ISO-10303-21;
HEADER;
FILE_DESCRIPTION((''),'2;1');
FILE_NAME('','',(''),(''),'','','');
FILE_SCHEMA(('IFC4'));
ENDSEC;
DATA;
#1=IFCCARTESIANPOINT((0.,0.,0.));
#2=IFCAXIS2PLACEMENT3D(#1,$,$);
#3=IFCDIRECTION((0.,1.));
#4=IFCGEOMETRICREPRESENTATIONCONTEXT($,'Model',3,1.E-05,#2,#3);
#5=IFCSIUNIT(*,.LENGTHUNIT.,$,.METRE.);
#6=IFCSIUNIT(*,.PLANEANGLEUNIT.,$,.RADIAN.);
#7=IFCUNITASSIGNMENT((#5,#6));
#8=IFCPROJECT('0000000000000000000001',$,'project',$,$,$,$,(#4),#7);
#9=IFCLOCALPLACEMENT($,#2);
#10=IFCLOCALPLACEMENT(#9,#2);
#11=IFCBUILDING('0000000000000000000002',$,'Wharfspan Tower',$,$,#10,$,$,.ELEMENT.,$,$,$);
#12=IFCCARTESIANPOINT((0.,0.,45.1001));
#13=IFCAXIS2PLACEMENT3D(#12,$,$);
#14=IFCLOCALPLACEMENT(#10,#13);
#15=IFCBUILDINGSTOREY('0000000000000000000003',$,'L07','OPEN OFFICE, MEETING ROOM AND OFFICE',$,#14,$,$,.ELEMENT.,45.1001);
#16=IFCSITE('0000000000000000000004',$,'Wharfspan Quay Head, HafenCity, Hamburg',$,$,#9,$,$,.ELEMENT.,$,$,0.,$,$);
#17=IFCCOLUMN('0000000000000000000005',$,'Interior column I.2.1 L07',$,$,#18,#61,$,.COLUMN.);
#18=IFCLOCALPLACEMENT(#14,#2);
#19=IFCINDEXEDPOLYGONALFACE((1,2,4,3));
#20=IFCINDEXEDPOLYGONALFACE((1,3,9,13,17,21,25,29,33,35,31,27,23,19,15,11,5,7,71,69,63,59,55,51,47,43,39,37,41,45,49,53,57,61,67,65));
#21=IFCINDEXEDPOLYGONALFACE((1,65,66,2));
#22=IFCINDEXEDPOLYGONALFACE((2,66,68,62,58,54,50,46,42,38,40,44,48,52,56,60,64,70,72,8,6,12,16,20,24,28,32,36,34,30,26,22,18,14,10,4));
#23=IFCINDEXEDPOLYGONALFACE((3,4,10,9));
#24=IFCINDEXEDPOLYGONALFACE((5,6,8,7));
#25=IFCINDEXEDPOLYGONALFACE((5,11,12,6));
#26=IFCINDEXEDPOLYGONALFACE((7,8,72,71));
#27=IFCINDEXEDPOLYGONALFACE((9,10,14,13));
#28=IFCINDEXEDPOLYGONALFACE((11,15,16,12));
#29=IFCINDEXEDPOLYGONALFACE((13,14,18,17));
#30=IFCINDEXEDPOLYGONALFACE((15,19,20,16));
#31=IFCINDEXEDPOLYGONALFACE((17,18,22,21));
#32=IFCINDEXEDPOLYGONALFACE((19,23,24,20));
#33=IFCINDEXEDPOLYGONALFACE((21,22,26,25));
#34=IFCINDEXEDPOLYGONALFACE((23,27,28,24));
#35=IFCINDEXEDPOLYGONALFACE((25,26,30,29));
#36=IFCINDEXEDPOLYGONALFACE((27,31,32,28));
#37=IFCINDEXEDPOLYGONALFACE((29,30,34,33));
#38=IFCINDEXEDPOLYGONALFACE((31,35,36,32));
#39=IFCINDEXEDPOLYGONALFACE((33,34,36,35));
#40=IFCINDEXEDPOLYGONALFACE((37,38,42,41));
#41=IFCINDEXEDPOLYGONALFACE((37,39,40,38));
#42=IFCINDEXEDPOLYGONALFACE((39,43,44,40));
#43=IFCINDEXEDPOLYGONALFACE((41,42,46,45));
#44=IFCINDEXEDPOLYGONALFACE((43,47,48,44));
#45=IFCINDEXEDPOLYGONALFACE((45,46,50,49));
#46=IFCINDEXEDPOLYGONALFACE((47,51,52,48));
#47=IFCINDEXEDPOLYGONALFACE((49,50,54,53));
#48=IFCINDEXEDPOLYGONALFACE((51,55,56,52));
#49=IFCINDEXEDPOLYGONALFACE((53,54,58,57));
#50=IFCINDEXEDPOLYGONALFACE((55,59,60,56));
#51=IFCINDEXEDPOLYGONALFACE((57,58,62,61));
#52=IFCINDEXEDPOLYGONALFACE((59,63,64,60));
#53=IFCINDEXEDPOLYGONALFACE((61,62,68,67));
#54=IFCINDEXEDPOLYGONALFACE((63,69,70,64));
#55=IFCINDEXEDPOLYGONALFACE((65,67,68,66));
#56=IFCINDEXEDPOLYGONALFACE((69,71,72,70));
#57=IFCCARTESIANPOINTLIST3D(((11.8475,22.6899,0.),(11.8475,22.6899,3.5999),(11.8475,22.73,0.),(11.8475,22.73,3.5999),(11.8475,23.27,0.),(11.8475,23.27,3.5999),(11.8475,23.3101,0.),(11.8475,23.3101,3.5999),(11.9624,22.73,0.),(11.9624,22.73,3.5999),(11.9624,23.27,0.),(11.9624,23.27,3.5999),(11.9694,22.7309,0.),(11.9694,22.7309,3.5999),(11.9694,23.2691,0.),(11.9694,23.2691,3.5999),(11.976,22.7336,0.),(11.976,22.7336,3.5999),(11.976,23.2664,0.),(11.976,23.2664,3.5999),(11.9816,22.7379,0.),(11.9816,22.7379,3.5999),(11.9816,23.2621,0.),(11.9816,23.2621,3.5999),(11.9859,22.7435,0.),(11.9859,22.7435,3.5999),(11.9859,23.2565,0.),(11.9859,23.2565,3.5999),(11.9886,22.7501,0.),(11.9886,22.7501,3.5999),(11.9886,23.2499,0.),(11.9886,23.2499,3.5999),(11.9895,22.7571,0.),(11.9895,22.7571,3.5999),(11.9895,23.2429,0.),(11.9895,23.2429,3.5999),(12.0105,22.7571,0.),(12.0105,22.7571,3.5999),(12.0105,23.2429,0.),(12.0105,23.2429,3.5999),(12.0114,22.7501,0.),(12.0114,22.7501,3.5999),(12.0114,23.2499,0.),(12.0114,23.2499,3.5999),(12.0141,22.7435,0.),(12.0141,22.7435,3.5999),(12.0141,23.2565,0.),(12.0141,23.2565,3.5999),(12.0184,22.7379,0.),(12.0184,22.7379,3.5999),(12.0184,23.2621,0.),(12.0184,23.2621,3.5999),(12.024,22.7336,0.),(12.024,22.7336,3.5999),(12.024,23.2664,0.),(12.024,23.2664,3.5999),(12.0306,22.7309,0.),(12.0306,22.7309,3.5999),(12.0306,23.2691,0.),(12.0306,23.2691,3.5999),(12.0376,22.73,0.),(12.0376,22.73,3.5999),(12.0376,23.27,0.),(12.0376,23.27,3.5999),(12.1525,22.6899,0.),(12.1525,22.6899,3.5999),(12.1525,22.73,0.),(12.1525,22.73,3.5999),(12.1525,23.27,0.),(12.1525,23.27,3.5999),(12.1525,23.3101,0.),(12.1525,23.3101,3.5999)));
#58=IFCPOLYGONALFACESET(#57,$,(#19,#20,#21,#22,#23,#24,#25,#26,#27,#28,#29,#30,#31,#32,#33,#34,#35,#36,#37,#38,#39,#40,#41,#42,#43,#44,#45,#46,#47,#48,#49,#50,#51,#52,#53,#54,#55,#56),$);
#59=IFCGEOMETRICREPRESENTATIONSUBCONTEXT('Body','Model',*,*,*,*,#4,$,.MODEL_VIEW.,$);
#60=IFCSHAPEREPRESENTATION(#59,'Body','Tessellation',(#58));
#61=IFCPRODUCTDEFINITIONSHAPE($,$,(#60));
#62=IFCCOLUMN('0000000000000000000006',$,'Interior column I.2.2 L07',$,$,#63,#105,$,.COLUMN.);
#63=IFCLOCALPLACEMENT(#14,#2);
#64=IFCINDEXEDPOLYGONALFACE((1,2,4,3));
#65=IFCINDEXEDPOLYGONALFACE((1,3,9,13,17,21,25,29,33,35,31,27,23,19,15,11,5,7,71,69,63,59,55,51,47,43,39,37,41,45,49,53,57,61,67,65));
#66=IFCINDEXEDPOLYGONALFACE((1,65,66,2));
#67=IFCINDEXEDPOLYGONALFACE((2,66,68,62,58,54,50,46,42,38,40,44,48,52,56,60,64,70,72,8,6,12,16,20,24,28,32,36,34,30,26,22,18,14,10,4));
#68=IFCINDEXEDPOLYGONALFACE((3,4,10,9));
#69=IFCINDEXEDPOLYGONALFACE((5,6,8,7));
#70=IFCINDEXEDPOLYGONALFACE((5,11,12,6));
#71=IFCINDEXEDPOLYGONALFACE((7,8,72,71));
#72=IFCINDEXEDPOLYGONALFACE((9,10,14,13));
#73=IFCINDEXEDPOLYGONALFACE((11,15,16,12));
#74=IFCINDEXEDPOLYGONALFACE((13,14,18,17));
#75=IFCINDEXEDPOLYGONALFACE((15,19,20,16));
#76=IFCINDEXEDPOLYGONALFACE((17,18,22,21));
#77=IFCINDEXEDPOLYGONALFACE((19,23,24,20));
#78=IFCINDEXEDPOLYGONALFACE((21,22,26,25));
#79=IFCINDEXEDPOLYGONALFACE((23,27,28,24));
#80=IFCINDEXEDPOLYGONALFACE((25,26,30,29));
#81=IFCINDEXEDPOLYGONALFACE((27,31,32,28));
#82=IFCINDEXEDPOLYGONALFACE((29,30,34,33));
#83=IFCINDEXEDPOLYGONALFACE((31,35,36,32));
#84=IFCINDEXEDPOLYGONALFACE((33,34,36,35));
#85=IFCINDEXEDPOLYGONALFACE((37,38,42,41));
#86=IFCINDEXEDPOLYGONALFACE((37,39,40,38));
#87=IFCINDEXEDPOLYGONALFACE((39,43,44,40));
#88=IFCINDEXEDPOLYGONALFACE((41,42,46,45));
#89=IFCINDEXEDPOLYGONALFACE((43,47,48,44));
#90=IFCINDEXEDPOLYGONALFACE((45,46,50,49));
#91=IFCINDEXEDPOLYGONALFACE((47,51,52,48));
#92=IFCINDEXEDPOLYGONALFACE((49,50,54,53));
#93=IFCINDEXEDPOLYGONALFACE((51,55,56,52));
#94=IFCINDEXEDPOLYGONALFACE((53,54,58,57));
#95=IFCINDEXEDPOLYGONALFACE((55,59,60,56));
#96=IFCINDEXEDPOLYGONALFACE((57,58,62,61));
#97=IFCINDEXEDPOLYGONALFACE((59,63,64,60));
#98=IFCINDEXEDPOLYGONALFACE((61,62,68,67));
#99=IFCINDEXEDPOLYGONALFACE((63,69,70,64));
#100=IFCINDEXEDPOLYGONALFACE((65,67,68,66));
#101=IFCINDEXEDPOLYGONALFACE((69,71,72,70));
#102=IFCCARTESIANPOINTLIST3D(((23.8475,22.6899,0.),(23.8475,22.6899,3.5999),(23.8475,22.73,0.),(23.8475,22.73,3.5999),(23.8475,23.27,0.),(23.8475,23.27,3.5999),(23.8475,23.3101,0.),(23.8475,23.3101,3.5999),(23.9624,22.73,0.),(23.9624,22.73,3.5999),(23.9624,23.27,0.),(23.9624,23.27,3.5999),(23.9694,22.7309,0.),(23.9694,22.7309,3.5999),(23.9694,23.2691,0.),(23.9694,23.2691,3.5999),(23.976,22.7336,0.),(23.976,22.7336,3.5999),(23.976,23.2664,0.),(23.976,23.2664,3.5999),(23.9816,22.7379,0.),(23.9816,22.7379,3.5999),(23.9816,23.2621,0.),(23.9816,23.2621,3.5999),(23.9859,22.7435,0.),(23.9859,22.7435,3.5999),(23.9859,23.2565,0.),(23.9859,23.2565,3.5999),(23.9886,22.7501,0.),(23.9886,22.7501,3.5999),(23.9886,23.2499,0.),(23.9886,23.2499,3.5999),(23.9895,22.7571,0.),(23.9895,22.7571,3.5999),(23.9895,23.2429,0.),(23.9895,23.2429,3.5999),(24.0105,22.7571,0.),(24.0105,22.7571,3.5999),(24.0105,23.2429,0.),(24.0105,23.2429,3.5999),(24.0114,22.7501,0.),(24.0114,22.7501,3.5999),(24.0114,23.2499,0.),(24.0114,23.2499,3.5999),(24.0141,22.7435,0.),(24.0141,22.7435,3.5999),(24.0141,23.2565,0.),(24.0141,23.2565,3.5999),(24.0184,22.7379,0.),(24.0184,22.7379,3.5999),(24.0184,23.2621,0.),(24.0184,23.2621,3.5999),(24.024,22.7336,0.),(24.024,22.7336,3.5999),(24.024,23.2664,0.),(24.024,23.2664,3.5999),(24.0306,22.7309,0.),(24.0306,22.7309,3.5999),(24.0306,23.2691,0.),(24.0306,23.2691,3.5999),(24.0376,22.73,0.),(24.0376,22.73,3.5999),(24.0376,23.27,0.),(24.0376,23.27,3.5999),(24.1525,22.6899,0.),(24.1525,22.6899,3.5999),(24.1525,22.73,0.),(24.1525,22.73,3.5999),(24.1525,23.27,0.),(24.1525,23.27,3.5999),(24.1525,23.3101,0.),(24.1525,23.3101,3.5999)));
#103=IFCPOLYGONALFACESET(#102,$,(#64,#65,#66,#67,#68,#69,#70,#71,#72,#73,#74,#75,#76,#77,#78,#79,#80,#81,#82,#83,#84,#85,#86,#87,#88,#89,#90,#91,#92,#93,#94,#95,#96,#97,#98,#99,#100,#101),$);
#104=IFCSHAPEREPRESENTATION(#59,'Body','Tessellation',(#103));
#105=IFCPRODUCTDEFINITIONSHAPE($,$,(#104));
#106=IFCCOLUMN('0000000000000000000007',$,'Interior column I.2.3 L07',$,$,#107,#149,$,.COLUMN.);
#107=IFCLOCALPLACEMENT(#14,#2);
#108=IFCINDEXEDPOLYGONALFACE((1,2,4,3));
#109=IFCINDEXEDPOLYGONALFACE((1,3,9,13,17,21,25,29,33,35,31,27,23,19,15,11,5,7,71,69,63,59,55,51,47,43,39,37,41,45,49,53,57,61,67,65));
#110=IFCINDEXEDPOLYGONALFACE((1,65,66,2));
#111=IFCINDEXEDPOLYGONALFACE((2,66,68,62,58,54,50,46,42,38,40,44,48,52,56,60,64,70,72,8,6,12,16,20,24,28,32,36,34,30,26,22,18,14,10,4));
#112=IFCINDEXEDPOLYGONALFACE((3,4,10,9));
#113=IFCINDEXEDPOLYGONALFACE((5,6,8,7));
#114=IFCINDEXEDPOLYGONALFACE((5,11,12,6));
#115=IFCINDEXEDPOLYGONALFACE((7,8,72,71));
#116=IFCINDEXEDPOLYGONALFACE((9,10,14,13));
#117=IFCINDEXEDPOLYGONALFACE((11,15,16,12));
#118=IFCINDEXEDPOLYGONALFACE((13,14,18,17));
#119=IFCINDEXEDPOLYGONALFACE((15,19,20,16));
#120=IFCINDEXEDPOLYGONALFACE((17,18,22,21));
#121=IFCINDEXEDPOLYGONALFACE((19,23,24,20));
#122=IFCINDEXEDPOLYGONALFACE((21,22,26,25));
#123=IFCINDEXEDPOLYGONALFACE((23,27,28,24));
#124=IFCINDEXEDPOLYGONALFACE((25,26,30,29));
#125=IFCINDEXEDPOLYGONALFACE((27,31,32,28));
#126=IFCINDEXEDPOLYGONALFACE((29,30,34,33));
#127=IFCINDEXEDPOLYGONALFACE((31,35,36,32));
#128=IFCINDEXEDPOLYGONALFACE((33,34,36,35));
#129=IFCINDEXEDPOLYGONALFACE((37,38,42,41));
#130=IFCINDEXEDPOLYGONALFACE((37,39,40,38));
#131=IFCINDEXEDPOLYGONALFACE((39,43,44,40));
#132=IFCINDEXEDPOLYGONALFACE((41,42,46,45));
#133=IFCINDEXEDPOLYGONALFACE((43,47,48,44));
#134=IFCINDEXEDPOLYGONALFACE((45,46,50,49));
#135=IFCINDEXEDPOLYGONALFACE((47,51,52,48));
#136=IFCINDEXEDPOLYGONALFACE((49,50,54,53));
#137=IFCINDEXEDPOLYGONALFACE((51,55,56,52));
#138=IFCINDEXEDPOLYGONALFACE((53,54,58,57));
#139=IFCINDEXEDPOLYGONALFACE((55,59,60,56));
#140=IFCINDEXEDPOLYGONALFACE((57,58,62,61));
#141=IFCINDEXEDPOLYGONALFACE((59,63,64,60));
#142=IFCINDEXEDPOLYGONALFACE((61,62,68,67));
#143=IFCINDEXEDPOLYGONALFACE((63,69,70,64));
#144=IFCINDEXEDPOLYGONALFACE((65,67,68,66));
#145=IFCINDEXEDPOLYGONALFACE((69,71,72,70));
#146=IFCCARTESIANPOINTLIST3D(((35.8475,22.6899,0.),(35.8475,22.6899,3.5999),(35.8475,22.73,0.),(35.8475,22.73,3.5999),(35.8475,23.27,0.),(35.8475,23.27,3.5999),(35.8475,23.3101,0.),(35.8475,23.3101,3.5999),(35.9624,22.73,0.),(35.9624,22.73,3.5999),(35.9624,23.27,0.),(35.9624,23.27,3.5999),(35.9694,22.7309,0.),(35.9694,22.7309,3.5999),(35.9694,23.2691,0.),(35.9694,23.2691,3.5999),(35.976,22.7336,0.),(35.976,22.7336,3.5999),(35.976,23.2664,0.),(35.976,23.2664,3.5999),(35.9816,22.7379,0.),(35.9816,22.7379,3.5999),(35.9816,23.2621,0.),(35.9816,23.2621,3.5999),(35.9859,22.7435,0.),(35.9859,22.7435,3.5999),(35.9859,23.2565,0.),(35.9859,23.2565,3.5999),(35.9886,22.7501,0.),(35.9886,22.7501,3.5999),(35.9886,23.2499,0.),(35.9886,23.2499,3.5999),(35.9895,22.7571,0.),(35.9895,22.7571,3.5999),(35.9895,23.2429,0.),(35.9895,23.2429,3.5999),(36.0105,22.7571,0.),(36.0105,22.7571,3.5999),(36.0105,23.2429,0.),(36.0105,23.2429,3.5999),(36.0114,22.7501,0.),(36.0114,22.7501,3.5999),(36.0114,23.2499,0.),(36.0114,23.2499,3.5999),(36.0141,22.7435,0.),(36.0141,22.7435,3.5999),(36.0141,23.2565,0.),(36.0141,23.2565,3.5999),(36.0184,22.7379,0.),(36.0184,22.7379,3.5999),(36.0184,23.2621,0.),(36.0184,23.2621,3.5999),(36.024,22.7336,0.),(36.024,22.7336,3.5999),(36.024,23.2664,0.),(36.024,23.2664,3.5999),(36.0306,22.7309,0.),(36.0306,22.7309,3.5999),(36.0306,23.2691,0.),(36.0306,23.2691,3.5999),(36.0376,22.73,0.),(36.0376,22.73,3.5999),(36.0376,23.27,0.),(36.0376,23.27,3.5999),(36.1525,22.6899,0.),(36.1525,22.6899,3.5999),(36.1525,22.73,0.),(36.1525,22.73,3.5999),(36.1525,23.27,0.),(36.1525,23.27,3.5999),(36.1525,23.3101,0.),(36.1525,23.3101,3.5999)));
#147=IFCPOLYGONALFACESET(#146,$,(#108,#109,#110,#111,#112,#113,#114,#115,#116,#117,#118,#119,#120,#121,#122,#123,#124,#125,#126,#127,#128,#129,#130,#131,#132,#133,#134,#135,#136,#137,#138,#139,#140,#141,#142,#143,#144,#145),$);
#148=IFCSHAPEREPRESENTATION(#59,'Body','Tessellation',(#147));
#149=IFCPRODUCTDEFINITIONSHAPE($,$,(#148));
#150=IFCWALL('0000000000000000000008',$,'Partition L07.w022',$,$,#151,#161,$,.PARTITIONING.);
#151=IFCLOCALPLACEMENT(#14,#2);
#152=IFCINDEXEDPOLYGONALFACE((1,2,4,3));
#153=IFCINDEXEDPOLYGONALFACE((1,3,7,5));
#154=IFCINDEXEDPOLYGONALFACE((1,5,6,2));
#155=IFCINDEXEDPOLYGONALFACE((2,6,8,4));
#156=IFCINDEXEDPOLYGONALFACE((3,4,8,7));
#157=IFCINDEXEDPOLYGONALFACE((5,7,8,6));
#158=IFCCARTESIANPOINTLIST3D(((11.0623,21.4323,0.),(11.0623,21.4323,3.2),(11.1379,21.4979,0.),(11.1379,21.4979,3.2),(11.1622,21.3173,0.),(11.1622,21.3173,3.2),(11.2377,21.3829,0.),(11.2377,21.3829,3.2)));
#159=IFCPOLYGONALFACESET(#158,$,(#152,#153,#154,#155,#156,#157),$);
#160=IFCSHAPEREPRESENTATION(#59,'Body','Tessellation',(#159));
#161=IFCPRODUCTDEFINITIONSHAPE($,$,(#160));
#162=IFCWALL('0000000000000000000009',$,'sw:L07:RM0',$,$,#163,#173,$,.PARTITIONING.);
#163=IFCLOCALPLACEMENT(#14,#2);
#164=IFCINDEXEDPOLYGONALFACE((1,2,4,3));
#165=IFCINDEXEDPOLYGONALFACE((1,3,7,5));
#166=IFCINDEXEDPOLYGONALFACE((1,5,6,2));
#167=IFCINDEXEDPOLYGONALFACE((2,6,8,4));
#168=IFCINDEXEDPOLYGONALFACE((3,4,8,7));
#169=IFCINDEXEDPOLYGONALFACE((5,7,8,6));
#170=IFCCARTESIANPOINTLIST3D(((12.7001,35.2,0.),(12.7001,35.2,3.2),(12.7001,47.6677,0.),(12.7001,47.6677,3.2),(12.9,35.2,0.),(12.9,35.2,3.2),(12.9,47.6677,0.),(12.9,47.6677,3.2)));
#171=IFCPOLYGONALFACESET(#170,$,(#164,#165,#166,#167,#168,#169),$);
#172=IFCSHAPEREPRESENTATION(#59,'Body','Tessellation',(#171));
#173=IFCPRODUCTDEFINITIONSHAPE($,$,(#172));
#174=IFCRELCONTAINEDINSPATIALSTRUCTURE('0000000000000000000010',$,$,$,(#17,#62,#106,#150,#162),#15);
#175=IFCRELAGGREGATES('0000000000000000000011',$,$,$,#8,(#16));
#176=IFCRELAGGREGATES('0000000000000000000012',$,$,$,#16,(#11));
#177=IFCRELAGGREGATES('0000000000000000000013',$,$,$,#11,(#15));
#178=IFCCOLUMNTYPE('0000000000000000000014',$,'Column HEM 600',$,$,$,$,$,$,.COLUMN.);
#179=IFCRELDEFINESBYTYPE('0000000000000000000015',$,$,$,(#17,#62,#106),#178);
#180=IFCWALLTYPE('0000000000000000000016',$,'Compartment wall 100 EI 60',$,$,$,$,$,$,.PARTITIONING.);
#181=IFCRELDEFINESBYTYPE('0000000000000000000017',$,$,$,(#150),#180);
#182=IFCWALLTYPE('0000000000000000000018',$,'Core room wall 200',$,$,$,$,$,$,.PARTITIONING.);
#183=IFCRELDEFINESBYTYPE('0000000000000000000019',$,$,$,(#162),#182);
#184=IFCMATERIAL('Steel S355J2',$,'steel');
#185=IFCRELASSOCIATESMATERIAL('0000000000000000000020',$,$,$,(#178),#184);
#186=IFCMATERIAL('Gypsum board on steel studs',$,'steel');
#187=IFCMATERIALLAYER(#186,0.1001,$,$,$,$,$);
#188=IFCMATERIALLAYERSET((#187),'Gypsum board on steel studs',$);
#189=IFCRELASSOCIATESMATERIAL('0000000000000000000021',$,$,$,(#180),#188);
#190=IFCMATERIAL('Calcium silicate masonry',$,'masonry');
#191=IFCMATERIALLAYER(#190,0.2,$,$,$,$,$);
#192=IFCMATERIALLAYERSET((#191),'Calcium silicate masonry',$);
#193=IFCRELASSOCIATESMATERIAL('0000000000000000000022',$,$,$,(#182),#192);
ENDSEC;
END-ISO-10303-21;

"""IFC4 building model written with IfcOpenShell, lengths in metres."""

from ifc_helpers import new_model, si_unit, direction, frame, frame_2d, origin, origin_2d, place, context, subcontext, project, spatial, rectangle, i_section, extrude, material, layer, layer_set, material_profile, profile_set, type_object, element, save


model = new_model("IFC4")

# Units and contexts
model_context = context("Model", 3, precision=1e-05, world=origin(), true_north=direction((0.0, 1.0)))
body_context = subcontext(model_context, "Body", "Model", "MODEL_VIEW")
ifc_project = project(units=[si_unit("LENGTHUNIT", "METRE"), si_unit("PLANEANGLEUNIT", "RADIAN")], contexts=[model_context])

# Site, building, storey
site_placement = place(None, origin())
site = spatial("IfcSite", under=ifc_project, at=site_placement, Name="Wharfspan Quay Head, HafenCity, Hamburg", CompositionType="ELEMENT", RefElevation=0.0)
building_placement = place(site_placement, origin())
building = spatial("IfcBuilding", under=site, at=building_placement, Name="Wharfspan Tower", CompositionType="ELEMENT")
storey_placement = place(building_placement, frame((0.0, 0.0, 45.1001)))
storey = spatial("IfcBuildingStorey", under=building, at=storey_placement, Name="L07", Description="OPEN OFFICE, MEETING ROOM AND OFFICE", CompositionType="ELEMENT", Elevation=45.1001)

# Columns
ifc_material_1 = material(Name="Steel S355J2", Category="steel")
ifc_material_profile = material_profile(ifc_material_1, i_section(OverallWidth=0.3049, OverallDepth=0.6201, WebThickness=0.021, FlangeThickness=0.04, FilletRadius=0.0271, at=origin_2d()))
ifc_profile_set = profile_set([ifc_material_profile], Name="Steel S355J2")
column_type = type_object("IfcColumnType", Name="Column HEM 600", PredefinedType="COLUMN", material=ifc_profile_set)
for number, where, z_axis, x_axis, name in (
    (1, (12.0, 23.0, 0.0), (0.0, 0.0, 1.0), (1.0, 0.0, 0.0), "Interior column I.2.1 L07"),
    (2, (24.0, 23.0, 0.0), (0.0, 0.0, 1.0), (1.0, 0.0, 0.0), "Interior column I.2.2 L07"),
    (3, (36.0, 23.0, 0.0), (0.0, 0.0, 1.0), (1.0, 0.0, 0.0), "Interior column I.2.3 L07"),
):
    element("IfcColumn", number, at=place(storey_placement, frame(where, z_axis=z_axis, x_axis=x_axis)), inside=storey, type_object=column_type, Name=name, PredefinedType="COLUMN", context=body_context, shape_type="SweptSolid", body=[
        extrude(i_section(OverallWidth=0.3049, OverallDepth=0.6201, WebThickness=0.021, FlangeThickness=0.04, FilletRadius=0.0271, at=origin_2d()), origin(), (0.0, 0.0, 1.0), 3.5999),
    ])

# Walls
ifc_material_2 = material(Name="Gypsum board on steel studs", Category="steel")
ifc_layer_1 = layer(ifc_material_2, 0.1001)
ifc_layer_set_1 = layer_set([ifc_layer_1], Name="Gypsum board on steel studs")
wall_type_1 = type_object("IfcWallType", Name="Compartment wall 100 EI 60", PredefinedType="PARTITIONING", material=ifc_layer_set_1)
wall_1_placement = place(storey_placement, frame((11.2, 21.3501, 0.0), z_axis=(0.0, 0.0, 1.0), x_axis=(-0.65566, 0.755051, 0.0)))
element("IfcWall", 4, at=wall_1_placement, inside=storey, type_object=wall_type_1, Name="Partition L07.w022", PredefinedType="PARTITIONING", context=body_context, shape_type="SweptSolid", body=[
    extrude(rectangle(XDim=0.1523, YDim=0.1001, at=frame_2d((0.0762, 0.0))), origin(), (0.0, 0.0, 1.0), 3.2),
])
ifc_material_3 = material(Name="Calcium silicate masonry", Category="masonry")
ifc_layer_2 = layer(ifc_material_3, 0.2)
ifc_layer_set_2 = layer_set([ifc_layer_2], Name="Calcium silicate masonry")
wall_type_2 = type_object("IfcWallType", Name="Core room wall 200", PredefinedType="PARTITIONING", material=ifc_layer_set_2)
wall_2_placement = place(storey_placement, frame((12.8, 35.2, 0.0), z_axis=(0.0, 0.0, 1.0), x_axis=(0.0, 1.0, 0.0)))
element("IfcWall", 5, at=wall_2_placement, inside=storey, type_object=wall_type_2, Name="sw:L07:RM0", PredefinedType="PARTITIONING", context=body_context, shape_type="SweptSolid", body=[
    extrude(rectangle(XDim=12.4678, YDim=0.2, at=frame_2d((6.2339, 0.0))), origin(), (0.0, 0.0, 1.0), 3.2),
])

save(model, "model.ifc")
